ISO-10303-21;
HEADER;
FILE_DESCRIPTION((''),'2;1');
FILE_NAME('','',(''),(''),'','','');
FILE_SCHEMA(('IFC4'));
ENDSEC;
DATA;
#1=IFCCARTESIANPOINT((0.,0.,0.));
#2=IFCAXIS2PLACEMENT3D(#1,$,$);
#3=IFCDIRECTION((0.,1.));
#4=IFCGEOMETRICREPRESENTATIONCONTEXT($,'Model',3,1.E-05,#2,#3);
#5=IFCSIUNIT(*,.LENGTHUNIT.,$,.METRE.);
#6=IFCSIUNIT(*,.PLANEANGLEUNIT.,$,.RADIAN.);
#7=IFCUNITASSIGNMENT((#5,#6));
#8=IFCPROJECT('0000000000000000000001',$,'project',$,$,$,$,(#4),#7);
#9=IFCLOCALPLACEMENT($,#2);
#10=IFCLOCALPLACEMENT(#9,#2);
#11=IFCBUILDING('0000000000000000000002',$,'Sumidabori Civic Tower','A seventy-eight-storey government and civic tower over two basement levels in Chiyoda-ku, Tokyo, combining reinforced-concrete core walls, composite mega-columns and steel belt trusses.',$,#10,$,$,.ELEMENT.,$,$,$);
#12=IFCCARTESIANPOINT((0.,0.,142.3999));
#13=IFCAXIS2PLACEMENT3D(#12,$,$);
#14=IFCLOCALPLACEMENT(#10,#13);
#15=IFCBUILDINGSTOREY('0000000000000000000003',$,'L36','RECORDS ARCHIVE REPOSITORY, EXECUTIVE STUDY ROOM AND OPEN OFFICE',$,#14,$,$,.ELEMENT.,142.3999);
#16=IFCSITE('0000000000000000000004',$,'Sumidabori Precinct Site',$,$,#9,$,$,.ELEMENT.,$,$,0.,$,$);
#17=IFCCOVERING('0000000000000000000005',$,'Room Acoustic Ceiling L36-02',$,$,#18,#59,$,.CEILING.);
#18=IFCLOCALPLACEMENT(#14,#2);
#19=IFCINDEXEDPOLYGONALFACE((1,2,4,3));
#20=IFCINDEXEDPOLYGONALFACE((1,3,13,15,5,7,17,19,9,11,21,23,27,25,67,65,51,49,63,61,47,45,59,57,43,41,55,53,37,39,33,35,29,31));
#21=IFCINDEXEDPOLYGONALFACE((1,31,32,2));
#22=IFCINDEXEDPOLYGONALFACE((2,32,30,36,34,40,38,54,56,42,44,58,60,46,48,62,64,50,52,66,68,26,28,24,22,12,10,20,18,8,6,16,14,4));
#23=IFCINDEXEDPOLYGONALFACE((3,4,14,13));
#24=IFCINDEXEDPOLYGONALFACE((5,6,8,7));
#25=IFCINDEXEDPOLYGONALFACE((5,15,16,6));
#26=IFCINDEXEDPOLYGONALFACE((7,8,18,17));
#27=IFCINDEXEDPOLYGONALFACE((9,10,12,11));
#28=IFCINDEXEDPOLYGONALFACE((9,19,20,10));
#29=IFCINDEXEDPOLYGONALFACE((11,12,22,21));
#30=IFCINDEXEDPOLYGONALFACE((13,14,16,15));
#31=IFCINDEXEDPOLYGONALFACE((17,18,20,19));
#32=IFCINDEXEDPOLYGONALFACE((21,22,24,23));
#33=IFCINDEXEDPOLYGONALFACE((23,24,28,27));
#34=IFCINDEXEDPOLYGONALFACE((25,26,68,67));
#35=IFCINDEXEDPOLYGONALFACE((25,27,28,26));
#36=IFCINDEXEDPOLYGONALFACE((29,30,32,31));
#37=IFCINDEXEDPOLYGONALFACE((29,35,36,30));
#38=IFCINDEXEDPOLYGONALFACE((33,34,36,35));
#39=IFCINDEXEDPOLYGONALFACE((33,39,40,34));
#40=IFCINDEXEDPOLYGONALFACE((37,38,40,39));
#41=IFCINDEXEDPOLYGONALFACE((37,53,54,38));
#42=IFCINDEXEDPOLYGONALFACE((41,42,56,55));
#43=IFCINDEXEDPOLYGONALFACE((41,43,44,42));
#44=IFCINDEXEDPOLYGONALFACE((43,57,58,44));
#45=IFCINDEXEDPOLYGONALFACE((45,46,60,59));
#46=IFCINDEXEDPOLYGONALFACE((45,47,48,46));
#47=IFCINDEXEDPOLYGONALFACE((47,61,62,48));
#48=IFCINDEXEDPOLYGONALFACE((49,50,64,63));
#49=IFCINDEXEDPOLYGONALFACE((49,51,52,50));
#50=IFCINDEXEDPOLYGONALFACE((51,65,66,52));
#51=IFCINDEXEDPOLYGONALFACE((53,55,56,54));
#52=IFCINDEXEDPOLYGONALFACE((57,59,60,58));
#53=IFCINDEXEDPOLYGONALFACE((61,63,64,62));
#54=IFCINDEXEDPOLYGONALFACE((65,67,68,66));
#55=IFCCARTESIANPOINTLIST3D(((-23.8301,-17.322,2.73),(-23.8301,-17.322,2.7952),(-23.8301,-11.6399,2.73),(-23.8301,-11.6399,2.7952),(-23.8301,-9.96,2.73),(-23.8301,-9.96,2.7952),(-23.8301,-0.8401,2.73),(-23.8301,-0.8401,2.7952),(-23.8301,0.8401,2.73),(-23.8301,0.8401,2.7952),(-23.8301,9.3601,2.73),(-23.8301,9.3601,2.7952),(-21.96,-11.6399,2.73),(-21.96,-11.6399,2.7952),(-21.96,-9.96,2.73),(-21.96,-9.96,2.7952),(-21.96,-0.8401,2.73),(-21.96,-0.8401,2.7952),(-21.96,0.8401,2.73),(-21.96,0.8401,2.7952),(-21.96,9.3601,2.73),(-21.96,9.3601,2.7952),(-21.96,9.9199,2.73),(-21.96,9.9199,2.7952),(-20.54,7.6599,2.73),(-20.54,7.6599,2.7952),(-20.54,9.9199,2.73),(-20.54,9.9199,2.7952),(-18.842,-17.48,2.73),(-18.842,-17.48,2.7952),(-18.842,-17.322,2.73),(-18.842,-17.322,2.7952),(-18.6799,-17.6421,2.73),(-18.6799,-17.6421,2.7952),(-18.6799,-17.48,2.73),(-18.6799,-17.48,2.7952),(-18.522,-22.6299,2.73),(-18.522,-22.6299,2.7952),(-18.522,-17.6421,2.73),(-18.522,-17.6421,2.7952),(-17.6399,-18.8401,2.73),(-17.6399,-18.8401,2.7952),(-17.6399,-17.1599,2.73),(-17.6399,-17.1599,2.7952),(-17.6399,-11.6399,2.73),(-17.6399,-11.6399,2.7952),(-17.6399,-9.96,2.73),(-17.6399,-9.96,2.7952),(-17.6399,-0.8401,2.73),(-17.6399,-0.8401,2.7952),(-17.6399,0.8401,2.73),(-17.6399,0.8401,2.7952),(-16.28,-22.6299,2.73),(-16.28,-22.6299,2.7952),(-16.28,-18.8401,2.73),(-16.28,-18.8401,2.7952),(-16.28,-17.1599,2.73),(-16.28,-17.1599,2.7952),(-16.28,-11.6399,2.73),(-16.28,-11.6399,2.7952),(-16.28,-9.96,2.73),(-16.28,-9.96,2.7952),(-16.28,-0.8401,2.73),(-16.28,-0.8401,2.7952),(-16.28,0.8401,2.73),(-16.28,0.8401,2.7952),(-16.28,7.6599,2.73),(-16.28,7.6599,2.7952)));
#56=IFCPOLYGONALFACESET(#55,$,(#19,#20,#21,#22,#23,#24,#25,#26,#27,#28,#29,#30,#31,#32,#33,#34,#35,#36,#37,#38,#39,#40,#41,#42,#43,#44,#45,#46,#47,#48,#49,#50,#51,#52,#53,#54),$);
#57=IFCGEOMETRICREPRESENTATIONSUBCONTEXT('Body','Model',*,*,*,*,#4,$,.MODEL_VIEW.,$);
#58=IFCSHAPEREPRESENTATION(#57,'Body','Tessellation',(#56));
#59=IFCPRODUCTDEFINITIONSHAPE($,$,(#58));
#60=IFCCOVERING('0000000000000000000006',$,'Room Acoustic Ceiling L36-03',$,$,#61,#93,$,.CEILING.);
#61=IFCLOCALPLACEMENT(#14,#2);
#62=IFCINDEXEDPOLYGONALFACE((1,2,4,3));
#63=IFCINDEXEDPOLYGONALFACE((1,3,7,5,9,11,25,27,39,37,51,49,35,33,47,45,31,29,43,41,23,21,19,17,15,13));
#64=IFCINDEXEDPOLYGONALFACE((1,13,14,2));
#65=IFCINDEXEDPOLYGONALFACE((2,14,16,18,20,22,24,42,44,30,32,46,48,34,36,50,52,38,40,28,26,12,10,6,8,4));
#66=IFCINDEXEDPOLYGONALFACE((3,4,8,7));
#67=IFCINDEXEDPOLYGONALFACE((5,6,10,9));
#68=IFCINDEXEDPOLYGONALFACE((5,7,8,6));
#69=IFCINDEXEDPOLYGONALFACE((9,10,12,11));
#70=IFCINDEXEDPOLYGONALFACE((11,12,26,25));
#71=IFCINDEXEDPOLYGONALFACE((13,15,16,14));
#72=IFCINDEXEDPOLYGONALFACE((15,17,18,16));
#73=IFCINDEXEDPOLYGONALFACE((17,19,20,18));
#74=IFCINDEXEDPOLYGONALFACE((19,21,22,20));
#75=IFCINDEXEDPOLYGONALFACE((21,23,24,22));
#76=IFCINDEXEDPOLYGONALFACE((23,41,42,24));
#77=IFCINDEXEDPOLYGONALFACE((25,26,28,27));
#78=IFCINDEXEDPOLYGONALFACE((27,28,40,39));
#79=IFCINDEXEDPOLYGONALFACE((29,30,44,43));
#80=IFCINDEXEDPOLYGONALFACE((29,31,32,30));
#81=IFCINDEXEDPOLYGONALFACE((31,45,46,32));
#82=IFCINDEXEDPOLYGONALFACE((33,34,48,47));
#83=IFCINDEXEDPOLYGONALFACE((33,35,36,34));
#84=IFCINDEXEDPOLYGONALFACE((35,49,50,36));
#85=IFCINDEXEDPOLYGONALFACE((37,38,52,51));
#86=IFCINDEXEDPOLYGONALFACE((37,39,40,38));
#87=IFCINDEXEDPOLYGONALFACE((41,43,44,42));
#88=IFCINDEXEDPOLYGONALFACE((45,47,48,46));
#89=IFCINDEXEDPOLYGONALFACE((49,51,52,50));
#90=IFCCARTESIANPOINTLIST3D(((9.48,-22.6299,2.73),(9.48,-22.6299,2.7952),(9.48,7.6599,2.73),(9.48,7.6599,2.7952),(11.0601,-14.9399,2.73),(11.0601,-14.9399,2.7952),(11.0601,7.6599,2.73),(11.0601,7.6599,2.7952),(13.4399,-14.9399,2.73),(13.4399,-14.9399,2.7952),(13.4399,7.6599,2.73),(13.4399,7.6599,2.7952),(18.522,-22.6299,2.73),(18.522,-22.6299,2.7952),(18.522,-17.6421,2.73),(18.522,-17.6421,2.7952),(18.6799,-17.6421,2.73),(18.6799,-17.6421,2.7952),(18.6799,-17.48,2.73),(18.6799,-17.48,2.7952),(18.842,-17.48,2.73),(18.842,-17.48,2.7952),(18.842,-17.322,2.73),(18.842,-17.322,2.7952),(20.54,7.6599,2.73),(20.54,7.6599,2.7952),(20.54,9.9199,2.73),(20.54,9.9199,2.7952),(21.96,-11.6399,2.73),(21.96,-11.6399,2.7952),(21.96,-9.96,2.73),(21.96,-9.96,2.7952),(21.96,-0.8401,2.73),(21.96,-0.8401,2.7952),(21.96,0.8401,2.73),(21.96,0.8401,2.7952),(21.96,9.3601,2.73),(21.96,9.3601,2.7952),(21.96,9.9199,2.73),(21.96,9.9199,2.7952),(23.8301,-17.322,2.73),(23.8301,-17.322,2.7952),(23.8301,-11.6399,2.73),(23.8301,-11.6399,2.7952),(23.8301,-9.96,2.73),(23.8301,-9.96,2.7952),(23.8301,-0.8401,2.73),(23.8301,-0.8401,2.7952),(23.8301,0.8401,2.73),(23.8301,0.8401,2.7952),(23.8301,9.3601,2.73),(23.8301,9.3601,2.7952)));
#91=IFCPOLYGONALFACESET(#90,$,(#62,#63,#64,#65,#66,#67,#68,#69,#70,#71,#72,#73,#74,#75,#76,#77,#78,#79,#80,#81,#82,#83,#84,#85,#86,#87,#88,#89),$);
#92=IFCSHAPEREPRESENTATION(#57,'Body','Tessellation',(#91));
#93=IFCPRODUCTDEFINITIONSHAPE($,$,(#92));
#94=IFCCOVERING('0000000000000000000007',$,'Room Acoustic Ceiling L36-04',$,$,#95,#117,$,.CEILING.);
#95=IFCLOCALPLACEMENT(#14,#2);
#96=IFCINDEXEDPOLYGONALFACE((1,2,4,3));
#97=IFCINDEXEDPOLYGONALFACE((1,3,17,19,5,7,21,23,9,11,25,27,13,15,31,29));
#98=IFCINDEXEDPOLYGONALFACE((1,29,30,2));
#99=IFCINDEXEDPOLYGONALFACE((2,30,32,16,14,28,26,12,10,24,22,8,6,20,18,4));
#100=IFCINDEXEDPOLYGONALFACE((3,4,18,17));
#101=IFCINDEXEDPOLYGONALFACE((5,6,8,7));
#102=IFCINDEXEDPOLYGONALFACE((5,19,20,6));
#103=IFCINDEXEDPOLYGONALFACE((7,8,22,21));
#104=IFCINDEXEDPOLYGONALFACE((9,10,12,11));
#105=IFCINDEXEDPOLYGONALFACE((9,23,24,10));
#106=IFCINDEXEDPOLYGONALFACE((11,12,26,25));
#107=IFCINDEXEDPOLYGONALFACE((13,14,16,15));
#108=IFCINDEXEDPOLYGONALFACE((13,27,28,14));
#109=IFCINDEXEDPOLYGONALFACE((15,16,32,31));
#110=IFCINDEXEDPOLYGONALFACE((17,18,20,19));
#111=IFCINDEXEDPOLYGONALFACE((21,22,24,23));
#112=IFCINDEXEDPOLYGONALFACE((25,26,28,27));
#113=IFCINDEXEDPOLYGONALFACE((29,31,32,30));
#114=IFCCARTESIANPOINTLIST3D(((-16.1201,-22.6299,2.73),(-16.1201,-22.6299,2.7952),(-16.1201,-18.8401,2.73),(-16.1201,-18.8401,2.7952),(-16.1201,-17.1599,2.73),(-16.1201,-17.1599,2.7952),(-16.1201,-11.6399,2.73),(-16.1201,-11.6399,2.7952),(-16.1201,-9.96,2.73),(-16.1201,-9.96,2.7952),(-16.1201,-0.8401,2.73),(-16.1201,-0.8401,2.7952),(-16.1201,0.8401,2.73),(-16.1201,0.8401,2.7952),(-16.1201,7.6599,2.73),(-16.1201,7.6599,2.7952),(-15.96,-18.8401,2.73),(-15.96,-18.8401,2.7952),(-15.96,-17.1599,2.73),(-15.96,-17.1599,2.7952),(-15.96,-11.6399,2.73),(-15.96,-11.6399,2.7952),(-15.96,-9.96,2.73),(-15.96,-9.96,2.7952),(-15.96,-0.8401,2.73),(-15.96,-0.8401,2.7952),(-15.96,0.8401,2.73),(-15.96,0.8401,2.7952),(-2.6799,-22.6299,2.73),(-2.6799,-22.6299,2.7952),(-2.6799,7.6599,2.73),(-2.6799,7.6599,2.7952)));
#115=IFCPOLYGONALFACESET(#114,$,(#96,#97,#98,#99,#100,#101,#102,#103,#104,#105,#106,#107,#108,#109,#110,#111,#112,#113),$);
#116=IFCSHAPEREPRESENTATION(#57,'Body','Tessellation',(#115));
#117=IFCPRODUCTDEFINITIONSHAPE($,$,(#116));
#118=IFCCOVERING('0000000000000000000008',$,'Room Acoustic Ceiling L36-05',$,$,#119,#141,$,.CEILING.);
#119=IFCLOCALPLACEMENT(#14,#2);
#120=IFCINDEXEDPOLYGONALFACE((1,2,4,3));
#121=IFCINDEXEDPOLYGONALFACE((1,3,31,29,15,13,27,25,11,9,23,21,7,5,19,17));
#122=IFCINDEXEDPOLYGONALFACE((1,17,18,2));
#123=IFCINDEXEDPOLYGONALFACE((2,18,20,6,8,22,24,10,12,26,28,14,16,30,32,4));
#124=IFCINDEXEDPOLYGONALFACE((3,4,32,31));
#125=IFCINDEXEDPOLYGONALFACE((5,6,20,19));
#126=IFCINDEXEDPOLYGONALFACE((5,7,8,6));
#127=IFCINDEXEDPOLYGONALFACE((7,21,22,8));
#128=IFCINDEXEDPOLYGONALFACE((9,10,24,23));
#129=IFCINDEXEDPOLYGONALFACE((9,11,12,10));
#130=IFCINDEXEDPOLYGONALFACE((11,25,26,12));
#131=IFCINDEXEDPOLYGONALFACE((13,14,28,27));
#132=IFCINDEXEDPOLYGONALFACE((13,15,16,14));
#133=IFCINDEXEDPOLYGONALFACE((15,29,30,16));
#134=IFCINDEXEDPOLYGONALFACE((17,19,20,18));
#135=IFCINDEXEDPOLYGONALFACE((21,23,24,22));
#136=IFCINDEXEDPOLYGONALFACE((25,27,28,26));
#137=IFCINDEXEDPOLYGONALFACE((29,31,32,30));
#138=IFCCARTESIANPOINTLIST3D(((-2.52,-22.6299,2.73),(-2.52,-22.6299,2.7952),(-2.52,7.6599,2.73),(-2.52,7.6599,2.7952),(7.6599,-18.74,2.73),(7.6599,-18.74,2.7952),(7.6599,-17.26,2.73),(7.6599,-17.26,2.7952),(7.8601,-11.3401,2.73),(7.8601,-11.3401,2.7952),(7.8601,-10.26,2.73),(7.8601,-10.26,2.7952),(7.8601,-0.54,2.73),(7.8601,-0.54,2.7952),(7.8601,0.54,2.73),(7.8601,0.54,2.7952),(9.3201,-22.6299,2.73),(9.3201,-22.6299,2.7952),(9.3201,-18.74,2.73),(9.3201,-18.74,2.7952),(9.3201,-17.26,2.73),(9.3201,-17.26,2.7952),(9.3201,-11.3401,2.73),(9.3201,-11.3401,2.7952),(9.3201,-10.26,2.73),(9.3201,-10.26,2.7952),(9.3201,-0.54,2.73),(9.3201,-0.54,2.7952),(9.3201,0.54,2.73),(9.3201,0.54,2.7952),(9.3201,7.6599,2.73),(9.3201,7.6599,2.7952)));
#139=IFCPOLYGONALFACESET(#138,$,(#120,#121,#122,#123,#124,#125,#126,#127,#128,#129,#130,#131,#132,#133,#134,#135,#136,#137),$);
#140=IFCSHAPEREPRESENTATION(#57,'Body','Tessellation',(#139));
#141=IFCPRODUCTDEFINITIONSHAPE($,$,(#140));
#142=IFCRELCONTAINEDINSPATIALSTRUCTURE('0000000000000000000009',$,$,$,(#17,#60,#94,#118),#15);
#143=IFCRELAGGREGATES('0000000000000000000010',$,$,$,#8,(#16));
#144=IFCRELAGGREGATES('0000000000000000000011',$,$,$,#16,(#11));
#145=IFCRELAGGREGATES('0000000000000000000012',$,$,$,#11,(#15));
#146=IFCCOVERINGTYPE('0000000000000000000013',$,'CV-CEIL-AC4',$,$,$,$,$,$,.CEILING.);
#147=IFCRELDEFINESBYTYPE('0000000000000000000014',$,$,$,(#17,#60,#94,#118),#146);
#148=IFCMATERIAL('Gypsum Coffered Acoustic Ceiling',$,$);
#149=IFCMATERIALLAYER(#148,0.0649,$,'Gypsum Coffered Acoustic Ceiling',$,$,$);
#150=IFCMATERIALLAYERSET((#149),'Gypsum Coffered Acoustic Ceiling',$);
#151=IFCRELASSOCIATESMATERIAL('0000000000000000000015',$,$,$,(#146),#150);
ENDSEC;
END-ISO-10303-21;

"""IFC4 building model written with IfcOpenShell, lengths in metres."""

from ifc_helpers import new_model, si_unit, direction, frame, origin, place, context, subcontext, project, spatial, polyline, outline, extrude, material, layer, layer_set, type_object, element, save


model = new_model("IFC4")

# Units and contexts
model_context = context("Model", 3, precision=1e-05, world=origin(), true_north=direction((0.0, 1.0)))
body_context = subcontext(model_context, "Body", "Model", "MODEL_VIEW")
ifc_project = project(units=[si_unit("LENGTHUNIT", "METRE"), si_unit("PLANEANGLEUNIT", "RADIAN")], contexts=[model_context])

# Site, building, storey
site_placement = place(None, origin())
site = spatial("IfcSite", under=ifc_project, at=site_placement, Name="Sumidabori Precinct Site", CompositionType="ELEMENT", RefElevation=0.0)
building_placement = place(site_placement, origin())
building = spatial("IfcBuilding", under=site, at=building_placement, Name="Sumidabori Civic Tower", Description="A seventy-eight-storey government and civic tower over two basement levels in Chiyoda-ku, Tokyo, combining reinforced-concrete core walls, composite mega-columns and steel belt trusses.", CompositionType="ELEMENT")
storey_placement = place(building_placement, frame((0.0, 0.0, 142.3999)))
storey = spatial("IfcBuildingStorey", under=building, at=storey_placement, Name="L36", Description="RECORDS ARCHIVE REPOSITORY, EXECUTIVE STUDY ROOM AND OPEN OFFICE", CompositionType="ELEMENT", Elevation=142.3999)

# Coverings
ifc_material_1 = material(Name="Gypsum Coffered Acoustic Ceiling")
ifc_layer_1 = layer(ifc_material_1, 0.0649, Name="Gypsum Coffered Acoustic Ceiling")
ifc_layer_set_1 = layer_set([ifc_layer_1], Name="Gypsum Coffered Acoustic Ceiling")
covering_type_1 = type_object("IfcCoveringType", Name="CV-CEIL-AC4", PredefinedType="CEILING", material=ifc_layer_set_1)
covering_1_placement = place(storey_placement, frame((0.0, 0.0, 2.73)))
element("IfcCovering", 1, at=covering_1_placement, inside=storey, type_object=covering_type_1, Name="Room Acoustic Ceiling L36-02", PredefinedType="CEILING", context=body_context, shape_type="SweptSolid", body=[
    extrude(outline(polyline([(-21.96, -11.6399), (-21.96, -9.96), (-23.8301, -9.96), (-23.8301, -0.8401), (-21.96, -0.8401), (-21.96, 0.8401), (-23.8301, 0.8401), (-23.8301, 9.3601), (-21.96, 9.3601), (-21.96, 9.9199), (-20.54, 9.9199), (-20.54, 7.6599), (-16.28, 7.6599), (-16.28, 0.8401), (-17.6399, 0.8401), (-17.6399, -0.8401), (-16.28, -0.8401), (-16.28, -9.96), (-17.6399, -9.96), (-17.6399, -11.6399), (-16.28, -11.6399), (-16.28, -17.1599), (-17.6399, -17.1599), (-17.6399, -18.8401), (-16.28, -18.8401), (-16.28, -22.6299), (-18.522, -22.6299), (-18.522, -17.6421), (-18.6799, -17.6421), (-18.6799, -17.48), (-18.842, -17.48), (-18.842, -17.322), (-23.8301, -17.322), (-23.8301, -11.6399), (-21.96, -11.6399)])), origin(), (0.0, 0.0, 1.0), 0.0652),
])
covering_2_placement = place(storey_placement, frame((0.0, 0.0, 2.73)))
element("IfcCovering", 2, at=covering_2_placement, inside=storey, type_object=covering_type_1, Name="Room Acoustic Ceiling L36-03", PredefinedType="CEILING", context=body_context, shape_type="SweptSolid", body=[
    extrude(outline(polyline([(18.522, -22.6299), (9.48, -22.6299), (9.48, 7.6599), (11.0601, 7.6599), (11.0601, -14.9399), (13.4399, -14.9399), (13.4399, 7.6599), (20.54, 7.6599), (20.54, 9.9199), (21.96, 9.9199), (21.96, 9.3601), (23.8301, 9.3601), (23.8301, 0.8401), (21.96, 0.8401), (21.96, -0.8401), (23.8301, -0.8401), (23.8301, -9.96), (21.96, -9.96), (21.96, -11.6399), (23.8301, -11.6399), (23.8301, -17.322), (18.842, -17.322), (18.842, -17.48), (18.6799, -17.48), (18.6799, -17.6421), (18.522, -17.6421), (18.522, -22.6299)])), origin(), (0.0, 0.0, 1.0), 0.0652),
])
covering_3_placement = place(storey_placement, frame((0.0, 0.0, 2.73)))
element("IfcCovering", 3, at=covering_3_placement, inside=storey, type_object=covering_type_1, Name="Room Acoustic Ceiling L36-04", PredefinedType="CEILING", context=body_context, shape_type="SweptSolid", body=[
    extrude(outline(polyline([(-16.1201, -18.8401), (-15.96, -18.8401), (-15.96, -17.1599), (-16.1201, -17.1599), (-16.1201, -11.6399), (-15.96, -11.6399), (-15.96, -9.96), (-16.1201, -9.96), (-16.1201, -0.8401), (-15.96, -0.8401), (-15.96, 0.8401), (-16.1201, 0.8401), (-16.1201, 7.6599), (-2.6799, 7.6599), (-2.6799, -22.6299), (-16.1201, -22.6299), (-16.1201, -18.8401)])), origin(), (0.0, 0.0, 1.0), 0.0652),
])
covering_4_placement = place(storey_placement, frame((0.0, 0.0, 2.73)))
element("IfcCovering", 4, at=covering_4_placement, inside=storey, type_object=covering_type_1, Name="Room Acoustic Ceiling L36-05", PredefinedType="CEILING", context=body_context, shape_type="SweptSolid", body=[
    extrude(outline(polyline([(-2.52, -22.6299), (-2.52, 7.6599), (9.3201, 7.6599), (9.3201, 0.54), (7.8601, 0.54), (7.8601, -0.54), (9.3201, -0.54), (9.3201, -10.26), (7.8601, -10.26), (7.8601, -11.3401), (9.3201, -11.3401), (9.3201, -17.26), (7.6599, -17.26), (7.6599, -18.74), (9.3201, -18.74), (9.3201, -22.6299), (-2.52, -22.6299)])), origin(), (0.0, 0.0, 1.0), 0.0652),
])

save(model, "model.ifc")
